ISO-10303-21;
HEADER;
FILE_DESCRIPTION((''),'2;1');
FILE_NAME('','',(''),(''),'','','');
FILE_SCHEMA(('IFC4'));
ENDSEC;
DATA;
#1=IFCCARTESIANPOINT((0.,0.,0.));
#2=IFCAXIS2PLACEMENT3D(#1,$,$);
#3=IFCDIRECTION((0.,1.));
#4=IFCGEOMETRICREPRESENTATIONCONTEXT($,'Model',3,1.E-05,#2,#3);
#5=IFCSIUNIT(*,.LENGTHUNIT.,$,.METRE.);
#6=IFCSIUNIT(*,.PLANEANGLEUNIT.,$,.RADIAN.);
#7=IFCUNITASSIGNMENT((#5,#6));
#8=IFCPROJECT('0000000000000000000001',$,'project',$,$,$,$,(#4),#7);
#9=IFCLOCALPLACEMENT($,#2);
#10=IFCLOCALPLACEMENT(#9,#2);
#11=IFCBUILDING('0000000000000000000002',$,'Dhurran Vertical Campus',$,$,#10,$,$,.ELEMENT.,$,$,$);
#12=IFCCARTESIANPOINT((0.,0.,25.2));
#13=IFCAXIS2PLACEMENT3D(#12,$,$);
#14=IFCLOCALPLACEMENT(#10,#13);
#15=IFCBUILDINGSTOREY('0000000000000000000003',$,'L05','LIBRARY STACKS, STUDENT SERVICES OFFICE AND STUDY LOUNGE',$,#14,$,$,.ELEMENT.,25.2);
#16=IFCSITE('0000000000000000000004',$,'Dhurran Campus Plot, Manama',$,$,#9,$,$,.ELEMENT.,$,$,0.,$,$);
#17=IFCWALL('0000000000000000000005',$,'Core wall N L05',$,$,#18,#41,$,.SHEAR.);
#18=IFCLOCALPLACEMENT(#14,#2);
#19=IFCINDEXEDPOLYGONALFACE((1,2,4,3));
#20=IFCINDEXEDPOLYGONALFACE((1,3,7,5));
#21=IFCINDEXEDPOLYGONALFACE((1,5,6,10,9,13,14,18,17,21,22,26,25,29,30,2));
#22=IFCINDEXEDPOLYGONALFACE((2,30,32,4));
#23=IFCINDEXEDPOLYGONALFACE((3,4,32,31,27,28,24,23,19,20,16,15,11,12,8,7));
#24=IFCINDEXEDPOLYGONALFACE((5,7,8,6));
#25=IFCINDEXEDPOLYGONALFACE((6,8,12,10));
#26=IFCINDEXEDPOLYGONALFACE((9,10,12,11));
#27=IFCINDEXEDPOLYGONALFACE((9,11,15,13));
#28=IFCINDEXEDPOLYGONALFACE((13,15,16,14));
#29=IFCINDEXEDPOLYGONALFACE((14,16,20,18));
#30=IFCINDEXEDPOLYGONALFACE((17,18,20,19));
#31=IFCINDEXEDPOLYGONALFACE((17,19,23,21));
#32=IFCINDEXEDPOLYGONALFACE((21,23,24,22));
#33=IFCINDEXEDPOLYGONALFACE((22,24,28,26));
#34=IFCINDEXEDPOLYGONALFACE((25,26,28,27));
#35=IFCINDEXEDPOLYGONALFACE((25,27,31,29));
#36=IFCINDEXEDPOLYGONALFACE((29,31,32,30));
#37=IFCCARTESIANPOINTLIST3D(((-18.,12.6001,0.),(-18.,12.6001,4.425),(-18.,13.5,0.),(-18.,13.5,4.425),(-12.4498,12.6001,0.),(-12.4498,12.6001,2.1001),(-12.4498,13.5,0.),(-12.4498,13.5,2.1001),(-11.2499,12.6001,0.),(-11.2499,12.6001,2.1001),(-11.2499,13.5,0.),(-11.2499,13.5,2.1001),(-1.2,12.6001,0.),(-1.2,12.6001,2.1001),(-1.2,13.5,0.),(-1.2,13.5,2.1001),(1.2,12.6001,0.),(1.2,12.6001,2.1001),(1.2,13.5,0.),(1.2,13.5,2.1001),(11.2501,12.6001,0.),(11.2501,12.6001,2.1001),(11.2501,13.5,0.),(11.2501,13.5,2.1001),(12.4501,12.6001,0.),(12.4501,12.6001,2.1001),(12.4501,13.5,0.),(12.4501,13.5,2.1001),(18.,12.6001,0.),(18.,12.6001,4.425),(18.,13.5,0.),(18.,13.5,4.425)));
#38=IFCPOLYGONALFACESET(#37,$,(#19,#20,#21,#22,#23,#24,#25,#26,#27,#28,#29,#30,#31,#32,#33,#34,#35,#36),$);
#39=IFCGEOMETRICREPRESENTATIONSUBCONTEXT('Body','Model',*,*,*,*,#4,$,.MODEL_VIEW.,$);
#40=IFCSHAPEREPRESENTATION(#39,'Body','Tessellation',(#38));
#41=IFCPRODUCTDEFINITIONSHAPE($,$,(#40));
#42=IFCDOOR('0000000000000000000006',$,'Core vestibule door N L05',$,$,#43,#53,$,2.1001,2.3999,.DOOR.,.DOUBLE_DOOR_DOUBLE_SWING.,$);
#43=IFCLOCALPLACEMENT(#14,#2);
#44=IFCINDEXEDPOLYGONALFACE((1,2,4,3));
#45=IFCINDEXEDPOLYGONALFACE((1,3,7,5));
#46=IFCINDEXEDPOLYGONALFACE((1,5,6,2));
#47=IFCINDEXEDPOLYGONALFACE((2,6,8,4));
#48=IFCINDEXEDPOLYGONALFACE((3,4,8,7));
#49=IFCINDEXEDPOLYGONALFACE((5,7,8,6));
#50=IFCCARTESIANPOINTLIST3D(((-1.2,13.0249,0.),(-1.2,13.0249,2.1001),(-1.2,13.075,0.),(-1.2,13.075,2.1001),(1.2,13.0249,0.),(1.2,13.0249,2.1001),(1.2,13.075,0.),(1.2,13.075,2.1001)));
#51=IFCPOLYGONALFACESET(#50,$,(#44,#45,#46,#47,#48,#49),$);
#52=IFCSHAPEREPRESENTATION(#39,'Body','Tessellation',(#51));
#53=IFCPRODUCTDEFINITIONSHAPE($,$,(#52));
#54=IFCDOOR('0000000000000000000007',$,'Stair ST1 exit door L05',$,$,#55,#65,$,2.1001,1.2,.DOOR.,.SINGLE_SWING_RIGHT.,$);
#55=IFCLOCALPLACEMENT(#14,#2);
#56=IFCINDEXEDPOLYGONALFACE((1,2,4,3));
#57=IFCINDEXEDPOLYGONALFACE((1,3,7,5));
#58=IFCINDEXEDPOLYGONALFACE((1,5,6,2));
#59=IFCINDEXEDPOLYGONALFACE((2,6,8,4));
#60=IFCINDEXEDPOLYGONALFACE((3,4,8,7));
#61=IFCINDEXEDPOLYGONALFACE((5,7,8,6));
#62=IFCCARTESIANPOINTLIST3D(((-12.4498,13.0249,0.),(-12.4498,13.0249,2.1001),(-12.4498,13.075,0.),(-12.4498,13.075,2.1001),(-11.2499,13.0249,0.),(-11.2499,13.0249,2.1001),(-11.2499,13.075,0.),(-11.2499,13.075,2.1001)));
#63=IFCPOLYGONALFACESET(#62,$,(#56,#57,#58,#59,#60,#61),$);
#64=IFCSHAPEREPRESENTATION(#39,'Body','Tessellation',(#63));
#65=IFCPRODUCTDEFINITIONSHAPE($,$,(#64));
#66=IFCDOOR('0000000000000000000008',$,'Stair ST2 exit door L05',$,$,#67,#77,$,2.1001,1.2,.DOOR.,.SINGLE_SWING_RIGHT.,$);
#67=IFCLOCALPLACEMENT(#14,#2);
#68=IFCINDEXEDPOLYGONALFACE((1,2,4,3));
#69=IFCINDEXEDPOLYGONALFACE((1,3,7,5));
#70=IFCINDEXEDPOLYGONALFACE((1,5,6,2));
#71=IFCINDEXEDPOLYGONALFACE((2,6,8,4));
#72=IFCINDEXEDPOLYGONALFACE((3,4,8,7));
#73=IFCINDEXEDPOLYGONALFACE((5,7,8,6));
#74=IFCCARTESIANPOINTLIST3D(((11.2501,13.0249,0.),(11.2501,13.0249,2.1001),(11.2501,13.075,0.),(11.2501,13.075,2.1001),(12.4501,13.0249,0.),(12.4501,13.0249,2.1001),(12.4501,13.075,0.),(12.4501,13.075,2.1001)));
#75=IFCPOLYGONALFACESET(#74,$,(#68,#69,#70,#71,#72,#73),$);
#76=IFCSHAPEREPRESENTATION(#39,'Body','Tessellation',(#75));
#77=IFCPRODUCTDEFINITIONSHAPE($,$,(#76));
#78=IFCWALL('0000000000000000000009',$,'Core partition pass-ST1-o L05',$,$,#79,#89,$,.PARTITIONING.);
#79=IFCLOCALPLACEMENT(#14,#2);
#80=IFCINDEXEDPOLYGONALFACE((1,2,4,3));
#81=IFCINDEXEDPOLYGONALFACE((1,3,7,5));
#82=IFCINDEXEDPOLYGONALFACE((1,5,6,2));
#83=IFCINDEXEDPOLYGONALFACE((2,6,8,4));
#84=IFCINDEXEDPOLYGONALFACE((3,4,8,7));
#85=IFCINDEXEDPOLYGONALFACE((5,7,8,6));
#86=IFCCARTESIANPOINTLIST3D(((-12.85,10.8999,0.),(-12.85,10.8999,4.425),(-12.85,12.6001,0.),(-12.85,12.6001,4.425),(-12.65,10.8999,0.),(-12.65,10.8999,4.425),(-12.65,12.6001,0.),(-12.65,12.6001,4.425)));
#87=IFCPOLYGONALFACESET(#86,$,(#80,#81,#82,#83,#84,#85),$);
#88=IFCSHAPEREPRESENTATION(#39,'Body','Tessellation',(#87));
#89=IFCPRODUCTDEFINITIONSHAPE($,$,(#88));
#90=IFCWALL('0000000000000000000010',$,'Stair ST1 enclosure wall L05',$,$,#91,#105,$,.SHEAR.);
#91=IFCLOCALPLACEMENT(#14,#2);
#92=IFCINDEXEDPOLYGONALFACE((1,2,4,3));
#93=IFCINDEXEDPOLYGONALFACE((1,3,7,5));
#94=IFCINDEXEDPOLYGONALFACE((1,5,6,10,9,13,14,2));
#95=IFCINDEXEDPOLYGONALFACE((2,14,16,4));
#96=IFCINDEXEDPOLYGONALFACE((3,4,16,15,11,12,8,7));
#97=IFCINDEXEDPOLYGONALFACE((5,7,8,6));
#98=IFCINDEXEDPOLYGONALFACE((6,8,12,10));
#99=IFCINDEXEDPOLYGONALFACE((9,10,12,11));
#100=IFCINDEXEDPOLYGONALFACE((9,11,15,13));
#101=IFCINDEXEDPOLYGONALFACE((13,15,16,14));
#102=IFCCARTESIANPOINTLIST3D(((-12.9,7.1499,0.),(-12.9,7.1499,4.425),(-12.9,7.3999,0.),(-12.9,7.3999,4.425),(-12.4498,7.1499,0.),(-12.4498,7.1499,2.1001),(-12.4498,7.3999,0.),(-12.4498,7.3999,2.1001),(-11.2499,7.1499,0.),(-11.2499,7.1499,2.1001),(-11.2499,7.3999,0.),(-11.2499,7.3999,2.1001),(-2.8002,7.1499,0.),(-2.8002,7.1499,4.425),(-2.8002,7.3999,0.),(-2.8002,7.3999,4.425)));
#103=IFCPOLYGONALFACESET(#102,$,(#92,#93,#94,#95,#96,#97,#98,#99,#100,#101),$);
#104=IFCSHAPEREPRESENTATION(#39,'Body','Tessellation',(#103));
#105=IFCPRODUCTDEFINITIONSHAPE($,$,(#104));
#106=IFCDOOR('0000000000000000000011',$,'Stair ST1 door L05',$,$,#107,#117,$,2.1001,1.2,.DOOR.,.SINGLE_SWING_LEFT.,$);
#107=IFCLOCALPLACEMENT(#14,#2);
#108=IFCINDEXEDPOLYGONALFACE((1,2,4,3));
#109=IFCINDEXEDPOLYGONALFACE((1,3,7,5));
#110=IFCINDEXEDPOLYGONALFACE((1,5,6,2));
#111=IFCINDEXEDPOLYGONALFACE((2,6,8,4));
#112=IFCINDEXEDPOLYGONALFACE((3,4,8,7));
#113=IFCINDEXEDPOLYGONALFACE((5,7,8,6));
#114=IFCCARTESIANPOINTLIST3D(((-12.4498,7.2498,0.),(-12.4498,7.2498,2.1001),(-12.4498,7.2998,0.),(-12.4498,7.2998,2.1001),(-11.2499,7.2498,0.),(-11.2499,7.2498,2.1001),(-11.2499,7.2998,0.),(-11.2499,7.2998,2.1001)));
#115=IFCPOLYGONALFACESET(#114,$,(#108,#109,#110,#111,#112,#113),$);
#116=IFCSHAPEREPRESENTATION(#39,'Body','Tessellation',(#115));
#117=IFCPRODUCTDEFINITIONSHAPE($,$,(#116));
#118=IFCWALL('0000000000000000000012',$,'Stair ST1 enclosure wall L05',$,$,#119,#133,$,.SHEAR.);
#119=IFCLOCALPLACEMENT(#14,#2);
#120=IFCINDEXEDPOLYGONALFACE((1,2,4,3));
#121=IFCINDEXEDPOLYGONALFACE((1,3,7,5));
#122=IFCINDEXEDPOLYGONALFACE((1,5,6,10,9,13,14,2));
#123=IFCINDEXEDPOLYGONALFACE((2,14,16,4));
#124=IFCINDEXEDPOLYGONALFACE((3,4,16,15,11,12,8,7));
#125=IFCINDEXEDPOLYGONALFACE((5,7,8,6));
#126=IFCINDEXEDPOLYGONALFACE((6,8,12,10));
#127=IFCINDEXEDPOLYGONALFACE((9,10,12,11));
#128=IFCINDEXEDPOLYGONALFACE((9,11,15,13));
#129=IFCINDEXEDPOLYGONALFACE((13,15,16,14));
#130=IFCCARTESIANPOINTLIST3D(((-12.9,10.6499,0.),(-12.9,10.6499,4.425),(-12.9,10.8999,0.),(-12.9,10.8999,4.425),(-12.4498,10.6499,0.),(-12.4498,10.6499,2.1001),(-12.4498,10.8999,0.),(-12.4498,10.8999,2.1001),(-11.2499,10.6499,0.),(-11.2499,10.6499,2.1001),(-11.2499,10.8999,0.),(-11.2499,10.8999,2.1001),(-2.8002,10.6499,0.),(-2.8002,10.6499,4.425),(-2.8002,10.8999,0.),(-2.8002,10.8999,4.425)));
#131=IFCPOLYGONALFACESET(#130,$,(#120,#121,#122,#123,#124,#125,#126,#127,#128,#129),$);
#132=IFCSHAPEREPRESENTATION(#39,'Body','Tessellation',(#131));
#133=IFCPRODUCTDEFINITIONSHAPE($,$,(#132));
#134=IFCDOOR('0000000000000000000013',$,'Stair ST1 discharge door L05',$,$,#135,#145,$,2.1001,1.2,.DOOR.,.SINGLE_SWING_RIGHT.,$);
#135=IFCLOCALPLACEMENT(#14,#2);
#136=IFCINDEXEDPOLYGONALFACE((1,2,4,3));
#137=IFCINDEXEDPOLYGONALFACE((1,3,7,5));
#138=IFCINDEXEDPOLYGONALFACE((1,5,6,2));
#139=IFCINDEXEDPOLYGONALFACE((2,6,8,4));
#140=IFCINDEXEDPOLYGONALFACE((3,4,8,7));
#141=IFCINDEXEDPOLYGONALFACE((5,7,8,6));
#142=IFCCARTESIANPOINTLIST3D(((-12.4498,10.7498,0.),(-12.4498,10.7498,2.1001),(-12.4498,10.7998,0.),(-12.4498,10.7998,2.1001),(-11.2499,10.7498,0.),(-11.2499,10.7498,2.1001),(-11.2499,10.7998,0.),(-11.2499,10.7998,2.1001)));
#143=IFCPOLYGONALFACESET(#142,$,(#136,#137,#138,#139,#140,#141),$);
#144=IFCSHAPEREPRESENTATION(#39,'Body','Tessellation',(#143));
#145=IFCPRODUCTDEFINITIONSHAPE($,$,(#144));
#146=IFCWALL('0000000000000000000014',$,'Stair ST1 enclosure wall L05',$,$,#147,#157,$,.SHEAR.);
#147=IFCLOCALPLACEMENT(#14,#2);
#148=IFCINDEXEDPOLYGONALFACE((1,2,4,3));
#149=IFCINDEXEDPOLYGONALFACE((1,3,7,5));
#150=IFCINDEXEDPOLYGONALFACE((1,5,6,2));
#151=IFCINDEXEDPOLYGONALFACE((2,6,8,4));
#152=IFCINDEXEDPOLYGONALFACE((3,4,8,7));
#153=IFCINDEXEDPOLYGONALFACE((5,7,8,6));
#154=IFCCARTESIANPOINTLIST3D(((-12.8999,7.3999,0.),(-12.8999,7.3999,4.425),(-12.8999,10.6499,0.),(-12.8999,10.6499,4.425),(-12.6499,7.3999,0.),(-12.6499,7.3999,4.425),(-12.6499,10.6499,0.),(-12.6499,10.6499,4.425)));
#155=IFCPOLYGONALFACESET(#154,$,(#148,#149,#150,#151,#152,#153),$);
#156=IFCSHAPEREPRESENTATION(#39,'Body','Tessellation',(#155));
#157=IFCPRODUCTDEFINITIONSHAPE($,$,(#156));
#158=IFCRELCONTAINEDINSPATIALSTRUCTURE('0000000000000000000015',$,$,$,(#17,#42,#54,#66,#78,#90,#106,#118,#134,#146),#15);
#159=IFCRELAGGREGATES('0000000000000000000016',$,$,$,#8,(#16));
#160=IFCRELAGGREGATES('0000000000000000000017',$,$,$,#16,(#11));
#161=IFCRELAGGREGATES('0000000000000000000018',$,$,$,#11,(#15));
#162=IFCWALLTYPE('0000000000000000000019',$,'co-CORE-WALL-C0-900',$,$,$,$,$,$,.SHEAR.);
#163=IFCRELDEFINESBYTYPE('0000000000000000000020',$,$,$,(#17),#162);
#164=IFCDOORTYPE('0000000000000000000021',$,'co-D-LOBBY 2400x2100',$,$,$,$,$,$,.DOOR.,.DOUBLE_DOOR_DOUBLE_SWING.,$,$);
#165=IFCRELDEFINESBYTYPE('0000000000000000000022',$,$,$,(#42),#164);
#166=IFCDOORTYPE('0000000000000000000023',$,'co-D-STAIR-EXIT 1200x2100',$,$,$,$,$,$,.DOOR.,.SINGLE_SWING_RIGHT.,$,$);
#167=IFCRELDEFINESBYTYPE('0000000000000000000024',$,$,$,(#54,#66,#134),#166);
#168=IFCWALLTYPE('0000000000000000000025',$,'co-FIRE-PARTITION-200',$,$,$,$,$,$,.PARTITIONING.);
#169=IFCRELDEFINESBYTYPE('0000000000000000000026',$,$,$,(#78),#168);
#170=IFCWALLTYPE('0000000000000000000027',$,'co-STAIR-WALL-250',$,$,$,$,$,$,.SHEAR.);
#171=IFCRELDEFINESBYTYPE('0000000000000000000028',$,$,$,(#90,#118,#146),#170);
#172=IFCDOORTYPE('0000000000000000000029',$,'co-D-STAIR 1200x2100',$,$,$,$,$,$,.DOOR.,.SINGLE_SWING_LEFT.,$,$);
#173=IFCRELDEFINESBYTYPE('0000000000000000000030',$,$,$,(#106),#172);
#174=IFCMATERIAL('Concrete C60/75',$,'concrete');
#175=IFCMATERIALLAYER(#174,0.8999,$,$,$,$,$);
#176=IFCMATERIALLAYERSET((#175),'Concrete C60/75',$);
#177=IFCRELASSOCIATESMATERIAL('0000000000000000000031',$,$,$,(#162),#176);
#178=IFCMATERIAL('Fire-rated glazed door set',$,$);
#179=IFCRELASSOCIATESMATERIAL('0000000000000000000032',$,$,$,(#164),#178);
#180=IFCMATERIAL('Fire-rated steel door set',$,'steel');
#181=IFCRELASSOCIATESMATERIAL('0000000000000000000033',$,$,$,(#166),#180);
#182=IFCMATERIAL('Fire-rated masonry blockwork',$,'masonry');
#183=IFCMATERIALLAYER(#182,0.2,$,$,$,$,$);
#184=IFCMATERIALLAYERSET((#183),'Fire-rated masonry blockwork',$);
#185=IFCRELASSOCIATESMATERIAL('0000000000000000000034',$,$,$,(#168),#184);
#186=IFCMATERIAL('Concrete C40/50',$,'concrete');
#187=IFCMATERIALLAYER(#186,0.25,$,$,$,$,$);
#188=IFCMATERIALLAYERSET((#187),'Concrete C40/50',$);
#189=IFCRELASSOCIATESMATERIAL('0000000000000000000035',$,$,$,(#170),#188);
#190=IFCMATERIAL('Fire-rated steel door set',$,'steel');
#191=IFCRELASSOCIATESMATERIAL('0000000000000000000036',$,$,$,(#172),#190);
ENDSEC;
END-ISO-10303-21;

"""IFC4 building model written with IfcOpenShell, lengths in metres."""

from ifc_helpers import new_model, si_unit, direction, frame, frame_2d, origin, place, context, subcontext, project, spatial, rectangle, extrude, material, layer, layer_set, type_object, element, fill, save


model = new_model("IFC4")

# Units and contexts
model_context = context("Model", 3, precision=1e-05, world=origin(), true_north=direction((0.0, 1.0)))
body_context = subcontext(model_context, "Body", "Model", "MODEL_VIEW")
ifc_project = project(units=[si_unit("LENGTHUNIT", "METRE"), si_unit("PLANEANGLEUNIT", "RADIAN")], contexts=[model_context])

# Site, building, storey
site_placement = place(None, origin())
site = spatial("IfcSite", under=ifc_project, at=site_placement, Name="Dhurran Campus Plot, Manama", CompositionType="ELEMENT", RefElevation=0.0)
building_placement = place(site_placement, origin())
building = spatial("IfcBuilding", under=site, at=building_placement, Name="Dhurran Vertical Campus", CompositionType="ELEMENT")
storey_placement = place(building_placement, frame((0.0, 0.0, 25.2)))
storey = spatial("IfcBuildingStorey", under=building, at=storey_placement, Name="L05", Description="LIBRARY STACKS, STUDENT SERVICES OFFICE AND STUDY LOUNGE", CompositionType="ELEMENT", Elevation=25.2)

# Wall, openings, doors
ifc_material_1 = material(Name="Concrete C60/75", Category="concrete")
ifc_layer_1 = layer(ifc_material_1, 0.8999)
ifc_layer_set_1 = layer_set([ifc_layer_1], Name="Concrete C60/75")
wall_type_1 = type_object("IfcWallType", Name="co-CORE-WALL-C0-900", PredefinedType="SHEAR", material=ifc_layer_set_1)
wall_1_placement = place(storey_placement, frame((-18.0, 13.05, 0.0), z_axis=(0.0, 0.0, 1.0), x_axis=(1.0, 0.0, 0.0)))
wall_1 = element("IfcWall", 1, at=wall_1_placement, inside=storey, type_object=wall_type_1, Name="Core wall N L05", PredefinedType="SHEAR", context=body_context, shape_type="SweptSolid", body=[
    extrude(rectangle(XDim=36.0, YDim=0.8999, at=frame_2d((18.0, 0.0))), origin(), (0.0, 0.0, 1.0), 4.425),
])
opening_1_placement = place(wall_1_placement, frame((16.8, 0.0, 0.0)))
opening_1 = element("IfcOpeningElement", 2, at=opening_1_placement, cuts=wall_1, PredefinedType="OPENING", context=body_context, shape_type="SweptSolid", body=[
    extrude(rectangle(XDim=2.3999, YDim=2.1001, at=frame_2d((1.2, 1.05))), frame((0.0, 0.46, 0.0), z_axis=(0.0, -1.0, 0.0), x_axis=(1.0, 0.0, 0.0)), (0.0, 0.0, 1.0), 0.9199),
])
opening_2_placement = place(wall_1_placement, frame((5.55, 0.0, 0.0)))
opening_2 = element("IfcOpeningElement", 3, at=opening_2_placement, cuts=wall_1, PredefinedType="OPENING", context=body_context, shape_type="SweptSolid", body=[
    extrude(rectangle(XDim=1.2, YDim=2.1001, at=frame_2d((0.6001, 1.05))), frame((0.0, 0.46, 0.0), z_axis=(0.0, -1.0, 0.0), x_axis=(1.0, 0.0, 0.0)), (0.0, 0.0, 1.0), 0.9199),
])
opening_3_placement = place(wall_1_placement, frame((29.25, 0.0, 0.0)))
opening_3 = element("IfcOpeningElement", 4, at=opening_3_placement, cuts=wall_1, PredefinedType="OPENING", context=body_context, shape_type="SweptSolid", body=[
    extrude(rectangle(XDim=1.2, YDim=2.1001, at=frame_2d((0.6001, 1.05))), frame((0.0, 0.46, 0.0), z_axis=(0.0, -1.0, 0.0), x_axis=(1.0, 0.0, 0.0)), (0.0, 0.0, 1.0), 0.9199),
])
ifc_material_2 = material(Name="Fire-rated glazed door set")
door_type_1 = type_object("IfcDoorType", Name="co-D-LOBBY 2400x2100", OperationType="DOUBLE_DOOR_DOUBLE_SWING", PredefinedType="DOOR", material=ifc_material_2)
door_1_placement = place(opening_1_placement, origin())
door_1 = element("IfcDoor", 5, at=door_1_placement, inside=storey, type_object=door_type_1, Name="Core vestibule door N L05", OperationType="DOUBLE_DOOR_DOUBLE_SWING", OverallHeight=2.1001, OverallWidth=2.3999, PredefinedType="DOOR", context=body_context, shape_type="SweptSolid", body=[
    extrude(rectangle(XDim=2.3999, YDim=2.1001, at=frame_2d((1.2, 1.05))), frame((0.0, 0.0249, 0.0), z_axis=(0.0, -1.0, 0.0), x_axis=(1.0, 0.0, 0.0)), (0.0, 0.0, 1.0), 0.05),
])
fill(opening_1, door_1)
ifc_material_3 = material(Name="Fire-rated steel door set", Category="steel")
door_type_2 = type_object("IfcDoorType", Name="co-D-STAIR-EXIT 1200x2100", OperationType="SINGLE_SWING_RIGHT", PredefinedType="DOOR", material=ifc_material_3)
door_2_placement = place(opening_2_placement, origin())
door_2 = element("IfcDoor", 6, at=door_2_placement, inside=storey, type_object=door_type_2, Name="Stair ST1 exit door L05", OperationType="SINGLE_SWING_RIGHT", OverallHeight=2.1001, OverallWidth=1.2, PredefinedType="DOOR", context=body_context, shape_type="SweptSolid", body=[
    extrude(rectangle(XDim=1.2, YDim=2.1001, at=frame_2d((0.6001, 1.05))), frame((0.0, 0.0249, 0.0), z_axis=(0.0, -1.0, 0.0), x_axis=(1.0, 0.0, 0.0)), (0.0, 0.0, 1.0), 0.05),
])
fill(opening_2, door_2)
door_3_placement = place(opening_3_placement, origin())
door_3 = element("IfcDoor", 7, at=door_3_placement, inside=storey, type_object=door_type_2, Name="Stair ST2 exit door L05", OperationType="SINGLE_SWING_RIGHT", OverallHeight=2.1001, OverallWidth=1.2, PredefinedType="DOOR", context=body_context, shape_type="SweptSolid", body=[
    extrude(rectangle(XDim=1.2, YDim=2.1001, at=frame_2d((0.6001, 1.05))), frame((0.0, 0.0249, 0.0), z_axis=(0.0, -1.0, 0.0), x_axis=(1.0, 0.0, 0.0)), (0.0, 0.0, 1.0), 0.05),
])
fill(opening_3, door_3)

# Wall
ifc_material_4 = material(Name="Fire-rated masonry blockwork", Category="masonry")
ifc_layer_2 = layer(ifc_material_4, 0.2)
ifc_layer_set_2 = layer_set([ifc_layer_2], Name="Fire-rated masonry blockwork")
wall_type_2 = type_object("IfcWallType", Name="co-FIRE-PARTITION-200", PredefinedType="PARTITIONING", material=ifc_layer_set_2)
wall_2_placement = place(storey_placement, frame((-12.75, 10.8999, 0.0), z_axis=(0.0, 0.0, 1.0), x_axis=(0.0, 1.0, 0.0)))
element("IfcWall", 8, at=wall_2_placement, inside=storey, type_object=wall_type_2, Name="Core partition pass-ST1-o L05", PredefinedType="PARTITIONING", context=body_context, shape_type="SweptSolid", body=[
    extrude(rectangle(XDim=1.7002, YDim=0.2, at=frame_2d((0.8501, 0.0))), origin(), (0.0, 0.0, 1.0), 4.425),
])

# Walls, openings, doors
ifc_material_5 = material(Name="Concrete C40/50", Category="concrete")
ifc_layer_3 = layer(ifc_material_5, 0.25)
ifc_layer_set_3 = layer_set([ifc_layer_3], Name="Concrete C40/50")
wall_type_3 = type_object("IfcWallType", Name="co-STAIR-WALL-250", PredefinedType="SHEAR", material=ifc_layer_set_3)
wall_3_placement = place(storey_placement, frame((-12.8999, 7.2749, 0.0), z_axis=(0.0, 0.0, 1.0), x_axis=(1.0, 0.0, 0.0)))
wall_3 = element("IfcWall", 9, at=wall_3_placement, inside=storey, type_object=wall_type_3, Name="Stair ST1 enclosure wall L05", PredefinedType="SHEAR", context=body_context, shape_type="SweptSolid", body=[
    extrude(rectangle(XDim=10.0999, YDim=0.25, at=frame_2d((5.0498, 0.0))), origin(), (0.0, 0.0, 1.0), 4.425),
])
opening_4_placement = place(wall_3_placement, frame((0.45, 0.0, 0.0)))
opening_4 = element("IfcOpeningElement", 10, at=opening_4_placement, cuts=wall_3, PredefinedType="OPENING", context=body_context, shape_type="SweptSolid", body=[
    extrude(rectangle(XDim=1.2, YDim=2.1001, at=frame_2d((0.6001, 1.05))), frame((0.0, 0.135, 0.0), z_axis=(0.0, -1.0, 0.0), x_axis=(1.0, 0.0, 0.0)), (0.0, 0.0, 1.0), 0.27),
])
ifc_material_6 = material(Name="Fire-rated steel door set", Category="steel")
door_type_3 = type_object("IfcDoorType", Name="co-D-STAIR 1200x2100", OperationType="SINGLE_SWING_LEFT", PredefinedType="DOOR", material=ifc_material_6)
door_4_placement = place(opening_4_placement, origin())
door_4 = element("IfcDoor", 11, at=door_4_placement, inside=storey, type_object=door_type_3, Name="Stair ST1 door L05", OperationType="SINGLE_SWING_LEFT", OverallHeight=2.1001, OverallWidth=1.2, PredefinedType="DOOR", context=body_context, shape_type="SweptSolid", body=[
    extrude(rectangle(XDim=1.2, YDim=2.1001, at=frame_2d((0.6001, 1.05))), frame((0.0, 0.0249, 0.0), z_axis=(0.0, -1.0, 0.0), x_axis=(1.0, 0.0, 0.0)), (0.0, 0.0, 1.0), 0.05),
])
fill(opening_4, door_4)
wall_4_placement = place(storey_placement, frame((-12.8999, 10.7749, 0.0), z_axis=(0.0, 0.0, 1.0), x_axis=(1.0, 0.0, 0.0)))
wall_4 = element("IfcWall", 12, at=wall_4_placement, inside=storey, type_object=wall_type_3, Name="Stair ST1 enclosure wall L05", PredefinedType="SHEAR", context=body_context, shape_type="SweptSolid", body=[
    extrude(rectangle(XDim=10.0999, YDim=0.25, at=frame_2d((5.0498, 0.0))), origin(), (0.0, 0.0, 1.0), 4.425),
])
opening_5_placement = place(wall_4_placement, frame((0.45, 0.0, 0.0)))
opening_5 = element("IfcOpeningElement", 13, at=opening_5_placement, cuts=wall_4, PredefinedType="OPENING", context=body_context, shape_type="SweptSolid", body=[
    extrude(rectangle(XDim=1.2, YDim=2.1001, at=frame_2d((0.6001, 1.05))), frame((0.0, 0.135, 0.0), z_axis=(0.0, -1.0, 0.0), x_axis=(1.0, 0.0, 0.0)), (0.0, 0.0, 1.0), 0.27),
])
door_5_placement = place(opening_5_placement, origin())
door_5 = element("IfcDoor", 14, at=door_5_placement, inside=storey, type_object=door_type_2, Name="Stair ST1 discharge door L05", OperationType="SINGLE_SWING_RIGHT", OverallHeight=2.1001, OverallWidth=1.2, PredefinedType="DOOR", context=body_context, shape_type="SweptSolid", body=[
    extrude(rectangle(XDim=1.2, YDim=2.1001, at=frame_2d((0.6001, 1.05))), frame((0.0, 0.0249, 0.0), z_axis=(0.0, -1.0, 0.0), x_axis=(1.0, 0.0, 0.0)), (0.0, 0.0, 1.0), 0.05),
])
fill(opening_5, door_5)

# Wall
wall_5_placement = place(storey_placement, frame((-12.7749, 7.3999, 0.0), z_axis=(0.0, 0.0, 1.0), x_axis=(0.0, 1.0, 0.0)))
element("IfcWall", 15, at=wall_5_placement, inside=storey, type_object=wall_type_3, Name="Stair ST1 enclosure wall L05", PredefinedType="SHEAR", context=body_context, shape_type="SweptSolid", body=[
    extrude(rectangle(XDim=3.25, YDim=0.25, at=frame_2d((1.625, 0.0))), origin(), (0.0, 0.0, 1.0), 4.425),
])

save(model, "model.ifc")
